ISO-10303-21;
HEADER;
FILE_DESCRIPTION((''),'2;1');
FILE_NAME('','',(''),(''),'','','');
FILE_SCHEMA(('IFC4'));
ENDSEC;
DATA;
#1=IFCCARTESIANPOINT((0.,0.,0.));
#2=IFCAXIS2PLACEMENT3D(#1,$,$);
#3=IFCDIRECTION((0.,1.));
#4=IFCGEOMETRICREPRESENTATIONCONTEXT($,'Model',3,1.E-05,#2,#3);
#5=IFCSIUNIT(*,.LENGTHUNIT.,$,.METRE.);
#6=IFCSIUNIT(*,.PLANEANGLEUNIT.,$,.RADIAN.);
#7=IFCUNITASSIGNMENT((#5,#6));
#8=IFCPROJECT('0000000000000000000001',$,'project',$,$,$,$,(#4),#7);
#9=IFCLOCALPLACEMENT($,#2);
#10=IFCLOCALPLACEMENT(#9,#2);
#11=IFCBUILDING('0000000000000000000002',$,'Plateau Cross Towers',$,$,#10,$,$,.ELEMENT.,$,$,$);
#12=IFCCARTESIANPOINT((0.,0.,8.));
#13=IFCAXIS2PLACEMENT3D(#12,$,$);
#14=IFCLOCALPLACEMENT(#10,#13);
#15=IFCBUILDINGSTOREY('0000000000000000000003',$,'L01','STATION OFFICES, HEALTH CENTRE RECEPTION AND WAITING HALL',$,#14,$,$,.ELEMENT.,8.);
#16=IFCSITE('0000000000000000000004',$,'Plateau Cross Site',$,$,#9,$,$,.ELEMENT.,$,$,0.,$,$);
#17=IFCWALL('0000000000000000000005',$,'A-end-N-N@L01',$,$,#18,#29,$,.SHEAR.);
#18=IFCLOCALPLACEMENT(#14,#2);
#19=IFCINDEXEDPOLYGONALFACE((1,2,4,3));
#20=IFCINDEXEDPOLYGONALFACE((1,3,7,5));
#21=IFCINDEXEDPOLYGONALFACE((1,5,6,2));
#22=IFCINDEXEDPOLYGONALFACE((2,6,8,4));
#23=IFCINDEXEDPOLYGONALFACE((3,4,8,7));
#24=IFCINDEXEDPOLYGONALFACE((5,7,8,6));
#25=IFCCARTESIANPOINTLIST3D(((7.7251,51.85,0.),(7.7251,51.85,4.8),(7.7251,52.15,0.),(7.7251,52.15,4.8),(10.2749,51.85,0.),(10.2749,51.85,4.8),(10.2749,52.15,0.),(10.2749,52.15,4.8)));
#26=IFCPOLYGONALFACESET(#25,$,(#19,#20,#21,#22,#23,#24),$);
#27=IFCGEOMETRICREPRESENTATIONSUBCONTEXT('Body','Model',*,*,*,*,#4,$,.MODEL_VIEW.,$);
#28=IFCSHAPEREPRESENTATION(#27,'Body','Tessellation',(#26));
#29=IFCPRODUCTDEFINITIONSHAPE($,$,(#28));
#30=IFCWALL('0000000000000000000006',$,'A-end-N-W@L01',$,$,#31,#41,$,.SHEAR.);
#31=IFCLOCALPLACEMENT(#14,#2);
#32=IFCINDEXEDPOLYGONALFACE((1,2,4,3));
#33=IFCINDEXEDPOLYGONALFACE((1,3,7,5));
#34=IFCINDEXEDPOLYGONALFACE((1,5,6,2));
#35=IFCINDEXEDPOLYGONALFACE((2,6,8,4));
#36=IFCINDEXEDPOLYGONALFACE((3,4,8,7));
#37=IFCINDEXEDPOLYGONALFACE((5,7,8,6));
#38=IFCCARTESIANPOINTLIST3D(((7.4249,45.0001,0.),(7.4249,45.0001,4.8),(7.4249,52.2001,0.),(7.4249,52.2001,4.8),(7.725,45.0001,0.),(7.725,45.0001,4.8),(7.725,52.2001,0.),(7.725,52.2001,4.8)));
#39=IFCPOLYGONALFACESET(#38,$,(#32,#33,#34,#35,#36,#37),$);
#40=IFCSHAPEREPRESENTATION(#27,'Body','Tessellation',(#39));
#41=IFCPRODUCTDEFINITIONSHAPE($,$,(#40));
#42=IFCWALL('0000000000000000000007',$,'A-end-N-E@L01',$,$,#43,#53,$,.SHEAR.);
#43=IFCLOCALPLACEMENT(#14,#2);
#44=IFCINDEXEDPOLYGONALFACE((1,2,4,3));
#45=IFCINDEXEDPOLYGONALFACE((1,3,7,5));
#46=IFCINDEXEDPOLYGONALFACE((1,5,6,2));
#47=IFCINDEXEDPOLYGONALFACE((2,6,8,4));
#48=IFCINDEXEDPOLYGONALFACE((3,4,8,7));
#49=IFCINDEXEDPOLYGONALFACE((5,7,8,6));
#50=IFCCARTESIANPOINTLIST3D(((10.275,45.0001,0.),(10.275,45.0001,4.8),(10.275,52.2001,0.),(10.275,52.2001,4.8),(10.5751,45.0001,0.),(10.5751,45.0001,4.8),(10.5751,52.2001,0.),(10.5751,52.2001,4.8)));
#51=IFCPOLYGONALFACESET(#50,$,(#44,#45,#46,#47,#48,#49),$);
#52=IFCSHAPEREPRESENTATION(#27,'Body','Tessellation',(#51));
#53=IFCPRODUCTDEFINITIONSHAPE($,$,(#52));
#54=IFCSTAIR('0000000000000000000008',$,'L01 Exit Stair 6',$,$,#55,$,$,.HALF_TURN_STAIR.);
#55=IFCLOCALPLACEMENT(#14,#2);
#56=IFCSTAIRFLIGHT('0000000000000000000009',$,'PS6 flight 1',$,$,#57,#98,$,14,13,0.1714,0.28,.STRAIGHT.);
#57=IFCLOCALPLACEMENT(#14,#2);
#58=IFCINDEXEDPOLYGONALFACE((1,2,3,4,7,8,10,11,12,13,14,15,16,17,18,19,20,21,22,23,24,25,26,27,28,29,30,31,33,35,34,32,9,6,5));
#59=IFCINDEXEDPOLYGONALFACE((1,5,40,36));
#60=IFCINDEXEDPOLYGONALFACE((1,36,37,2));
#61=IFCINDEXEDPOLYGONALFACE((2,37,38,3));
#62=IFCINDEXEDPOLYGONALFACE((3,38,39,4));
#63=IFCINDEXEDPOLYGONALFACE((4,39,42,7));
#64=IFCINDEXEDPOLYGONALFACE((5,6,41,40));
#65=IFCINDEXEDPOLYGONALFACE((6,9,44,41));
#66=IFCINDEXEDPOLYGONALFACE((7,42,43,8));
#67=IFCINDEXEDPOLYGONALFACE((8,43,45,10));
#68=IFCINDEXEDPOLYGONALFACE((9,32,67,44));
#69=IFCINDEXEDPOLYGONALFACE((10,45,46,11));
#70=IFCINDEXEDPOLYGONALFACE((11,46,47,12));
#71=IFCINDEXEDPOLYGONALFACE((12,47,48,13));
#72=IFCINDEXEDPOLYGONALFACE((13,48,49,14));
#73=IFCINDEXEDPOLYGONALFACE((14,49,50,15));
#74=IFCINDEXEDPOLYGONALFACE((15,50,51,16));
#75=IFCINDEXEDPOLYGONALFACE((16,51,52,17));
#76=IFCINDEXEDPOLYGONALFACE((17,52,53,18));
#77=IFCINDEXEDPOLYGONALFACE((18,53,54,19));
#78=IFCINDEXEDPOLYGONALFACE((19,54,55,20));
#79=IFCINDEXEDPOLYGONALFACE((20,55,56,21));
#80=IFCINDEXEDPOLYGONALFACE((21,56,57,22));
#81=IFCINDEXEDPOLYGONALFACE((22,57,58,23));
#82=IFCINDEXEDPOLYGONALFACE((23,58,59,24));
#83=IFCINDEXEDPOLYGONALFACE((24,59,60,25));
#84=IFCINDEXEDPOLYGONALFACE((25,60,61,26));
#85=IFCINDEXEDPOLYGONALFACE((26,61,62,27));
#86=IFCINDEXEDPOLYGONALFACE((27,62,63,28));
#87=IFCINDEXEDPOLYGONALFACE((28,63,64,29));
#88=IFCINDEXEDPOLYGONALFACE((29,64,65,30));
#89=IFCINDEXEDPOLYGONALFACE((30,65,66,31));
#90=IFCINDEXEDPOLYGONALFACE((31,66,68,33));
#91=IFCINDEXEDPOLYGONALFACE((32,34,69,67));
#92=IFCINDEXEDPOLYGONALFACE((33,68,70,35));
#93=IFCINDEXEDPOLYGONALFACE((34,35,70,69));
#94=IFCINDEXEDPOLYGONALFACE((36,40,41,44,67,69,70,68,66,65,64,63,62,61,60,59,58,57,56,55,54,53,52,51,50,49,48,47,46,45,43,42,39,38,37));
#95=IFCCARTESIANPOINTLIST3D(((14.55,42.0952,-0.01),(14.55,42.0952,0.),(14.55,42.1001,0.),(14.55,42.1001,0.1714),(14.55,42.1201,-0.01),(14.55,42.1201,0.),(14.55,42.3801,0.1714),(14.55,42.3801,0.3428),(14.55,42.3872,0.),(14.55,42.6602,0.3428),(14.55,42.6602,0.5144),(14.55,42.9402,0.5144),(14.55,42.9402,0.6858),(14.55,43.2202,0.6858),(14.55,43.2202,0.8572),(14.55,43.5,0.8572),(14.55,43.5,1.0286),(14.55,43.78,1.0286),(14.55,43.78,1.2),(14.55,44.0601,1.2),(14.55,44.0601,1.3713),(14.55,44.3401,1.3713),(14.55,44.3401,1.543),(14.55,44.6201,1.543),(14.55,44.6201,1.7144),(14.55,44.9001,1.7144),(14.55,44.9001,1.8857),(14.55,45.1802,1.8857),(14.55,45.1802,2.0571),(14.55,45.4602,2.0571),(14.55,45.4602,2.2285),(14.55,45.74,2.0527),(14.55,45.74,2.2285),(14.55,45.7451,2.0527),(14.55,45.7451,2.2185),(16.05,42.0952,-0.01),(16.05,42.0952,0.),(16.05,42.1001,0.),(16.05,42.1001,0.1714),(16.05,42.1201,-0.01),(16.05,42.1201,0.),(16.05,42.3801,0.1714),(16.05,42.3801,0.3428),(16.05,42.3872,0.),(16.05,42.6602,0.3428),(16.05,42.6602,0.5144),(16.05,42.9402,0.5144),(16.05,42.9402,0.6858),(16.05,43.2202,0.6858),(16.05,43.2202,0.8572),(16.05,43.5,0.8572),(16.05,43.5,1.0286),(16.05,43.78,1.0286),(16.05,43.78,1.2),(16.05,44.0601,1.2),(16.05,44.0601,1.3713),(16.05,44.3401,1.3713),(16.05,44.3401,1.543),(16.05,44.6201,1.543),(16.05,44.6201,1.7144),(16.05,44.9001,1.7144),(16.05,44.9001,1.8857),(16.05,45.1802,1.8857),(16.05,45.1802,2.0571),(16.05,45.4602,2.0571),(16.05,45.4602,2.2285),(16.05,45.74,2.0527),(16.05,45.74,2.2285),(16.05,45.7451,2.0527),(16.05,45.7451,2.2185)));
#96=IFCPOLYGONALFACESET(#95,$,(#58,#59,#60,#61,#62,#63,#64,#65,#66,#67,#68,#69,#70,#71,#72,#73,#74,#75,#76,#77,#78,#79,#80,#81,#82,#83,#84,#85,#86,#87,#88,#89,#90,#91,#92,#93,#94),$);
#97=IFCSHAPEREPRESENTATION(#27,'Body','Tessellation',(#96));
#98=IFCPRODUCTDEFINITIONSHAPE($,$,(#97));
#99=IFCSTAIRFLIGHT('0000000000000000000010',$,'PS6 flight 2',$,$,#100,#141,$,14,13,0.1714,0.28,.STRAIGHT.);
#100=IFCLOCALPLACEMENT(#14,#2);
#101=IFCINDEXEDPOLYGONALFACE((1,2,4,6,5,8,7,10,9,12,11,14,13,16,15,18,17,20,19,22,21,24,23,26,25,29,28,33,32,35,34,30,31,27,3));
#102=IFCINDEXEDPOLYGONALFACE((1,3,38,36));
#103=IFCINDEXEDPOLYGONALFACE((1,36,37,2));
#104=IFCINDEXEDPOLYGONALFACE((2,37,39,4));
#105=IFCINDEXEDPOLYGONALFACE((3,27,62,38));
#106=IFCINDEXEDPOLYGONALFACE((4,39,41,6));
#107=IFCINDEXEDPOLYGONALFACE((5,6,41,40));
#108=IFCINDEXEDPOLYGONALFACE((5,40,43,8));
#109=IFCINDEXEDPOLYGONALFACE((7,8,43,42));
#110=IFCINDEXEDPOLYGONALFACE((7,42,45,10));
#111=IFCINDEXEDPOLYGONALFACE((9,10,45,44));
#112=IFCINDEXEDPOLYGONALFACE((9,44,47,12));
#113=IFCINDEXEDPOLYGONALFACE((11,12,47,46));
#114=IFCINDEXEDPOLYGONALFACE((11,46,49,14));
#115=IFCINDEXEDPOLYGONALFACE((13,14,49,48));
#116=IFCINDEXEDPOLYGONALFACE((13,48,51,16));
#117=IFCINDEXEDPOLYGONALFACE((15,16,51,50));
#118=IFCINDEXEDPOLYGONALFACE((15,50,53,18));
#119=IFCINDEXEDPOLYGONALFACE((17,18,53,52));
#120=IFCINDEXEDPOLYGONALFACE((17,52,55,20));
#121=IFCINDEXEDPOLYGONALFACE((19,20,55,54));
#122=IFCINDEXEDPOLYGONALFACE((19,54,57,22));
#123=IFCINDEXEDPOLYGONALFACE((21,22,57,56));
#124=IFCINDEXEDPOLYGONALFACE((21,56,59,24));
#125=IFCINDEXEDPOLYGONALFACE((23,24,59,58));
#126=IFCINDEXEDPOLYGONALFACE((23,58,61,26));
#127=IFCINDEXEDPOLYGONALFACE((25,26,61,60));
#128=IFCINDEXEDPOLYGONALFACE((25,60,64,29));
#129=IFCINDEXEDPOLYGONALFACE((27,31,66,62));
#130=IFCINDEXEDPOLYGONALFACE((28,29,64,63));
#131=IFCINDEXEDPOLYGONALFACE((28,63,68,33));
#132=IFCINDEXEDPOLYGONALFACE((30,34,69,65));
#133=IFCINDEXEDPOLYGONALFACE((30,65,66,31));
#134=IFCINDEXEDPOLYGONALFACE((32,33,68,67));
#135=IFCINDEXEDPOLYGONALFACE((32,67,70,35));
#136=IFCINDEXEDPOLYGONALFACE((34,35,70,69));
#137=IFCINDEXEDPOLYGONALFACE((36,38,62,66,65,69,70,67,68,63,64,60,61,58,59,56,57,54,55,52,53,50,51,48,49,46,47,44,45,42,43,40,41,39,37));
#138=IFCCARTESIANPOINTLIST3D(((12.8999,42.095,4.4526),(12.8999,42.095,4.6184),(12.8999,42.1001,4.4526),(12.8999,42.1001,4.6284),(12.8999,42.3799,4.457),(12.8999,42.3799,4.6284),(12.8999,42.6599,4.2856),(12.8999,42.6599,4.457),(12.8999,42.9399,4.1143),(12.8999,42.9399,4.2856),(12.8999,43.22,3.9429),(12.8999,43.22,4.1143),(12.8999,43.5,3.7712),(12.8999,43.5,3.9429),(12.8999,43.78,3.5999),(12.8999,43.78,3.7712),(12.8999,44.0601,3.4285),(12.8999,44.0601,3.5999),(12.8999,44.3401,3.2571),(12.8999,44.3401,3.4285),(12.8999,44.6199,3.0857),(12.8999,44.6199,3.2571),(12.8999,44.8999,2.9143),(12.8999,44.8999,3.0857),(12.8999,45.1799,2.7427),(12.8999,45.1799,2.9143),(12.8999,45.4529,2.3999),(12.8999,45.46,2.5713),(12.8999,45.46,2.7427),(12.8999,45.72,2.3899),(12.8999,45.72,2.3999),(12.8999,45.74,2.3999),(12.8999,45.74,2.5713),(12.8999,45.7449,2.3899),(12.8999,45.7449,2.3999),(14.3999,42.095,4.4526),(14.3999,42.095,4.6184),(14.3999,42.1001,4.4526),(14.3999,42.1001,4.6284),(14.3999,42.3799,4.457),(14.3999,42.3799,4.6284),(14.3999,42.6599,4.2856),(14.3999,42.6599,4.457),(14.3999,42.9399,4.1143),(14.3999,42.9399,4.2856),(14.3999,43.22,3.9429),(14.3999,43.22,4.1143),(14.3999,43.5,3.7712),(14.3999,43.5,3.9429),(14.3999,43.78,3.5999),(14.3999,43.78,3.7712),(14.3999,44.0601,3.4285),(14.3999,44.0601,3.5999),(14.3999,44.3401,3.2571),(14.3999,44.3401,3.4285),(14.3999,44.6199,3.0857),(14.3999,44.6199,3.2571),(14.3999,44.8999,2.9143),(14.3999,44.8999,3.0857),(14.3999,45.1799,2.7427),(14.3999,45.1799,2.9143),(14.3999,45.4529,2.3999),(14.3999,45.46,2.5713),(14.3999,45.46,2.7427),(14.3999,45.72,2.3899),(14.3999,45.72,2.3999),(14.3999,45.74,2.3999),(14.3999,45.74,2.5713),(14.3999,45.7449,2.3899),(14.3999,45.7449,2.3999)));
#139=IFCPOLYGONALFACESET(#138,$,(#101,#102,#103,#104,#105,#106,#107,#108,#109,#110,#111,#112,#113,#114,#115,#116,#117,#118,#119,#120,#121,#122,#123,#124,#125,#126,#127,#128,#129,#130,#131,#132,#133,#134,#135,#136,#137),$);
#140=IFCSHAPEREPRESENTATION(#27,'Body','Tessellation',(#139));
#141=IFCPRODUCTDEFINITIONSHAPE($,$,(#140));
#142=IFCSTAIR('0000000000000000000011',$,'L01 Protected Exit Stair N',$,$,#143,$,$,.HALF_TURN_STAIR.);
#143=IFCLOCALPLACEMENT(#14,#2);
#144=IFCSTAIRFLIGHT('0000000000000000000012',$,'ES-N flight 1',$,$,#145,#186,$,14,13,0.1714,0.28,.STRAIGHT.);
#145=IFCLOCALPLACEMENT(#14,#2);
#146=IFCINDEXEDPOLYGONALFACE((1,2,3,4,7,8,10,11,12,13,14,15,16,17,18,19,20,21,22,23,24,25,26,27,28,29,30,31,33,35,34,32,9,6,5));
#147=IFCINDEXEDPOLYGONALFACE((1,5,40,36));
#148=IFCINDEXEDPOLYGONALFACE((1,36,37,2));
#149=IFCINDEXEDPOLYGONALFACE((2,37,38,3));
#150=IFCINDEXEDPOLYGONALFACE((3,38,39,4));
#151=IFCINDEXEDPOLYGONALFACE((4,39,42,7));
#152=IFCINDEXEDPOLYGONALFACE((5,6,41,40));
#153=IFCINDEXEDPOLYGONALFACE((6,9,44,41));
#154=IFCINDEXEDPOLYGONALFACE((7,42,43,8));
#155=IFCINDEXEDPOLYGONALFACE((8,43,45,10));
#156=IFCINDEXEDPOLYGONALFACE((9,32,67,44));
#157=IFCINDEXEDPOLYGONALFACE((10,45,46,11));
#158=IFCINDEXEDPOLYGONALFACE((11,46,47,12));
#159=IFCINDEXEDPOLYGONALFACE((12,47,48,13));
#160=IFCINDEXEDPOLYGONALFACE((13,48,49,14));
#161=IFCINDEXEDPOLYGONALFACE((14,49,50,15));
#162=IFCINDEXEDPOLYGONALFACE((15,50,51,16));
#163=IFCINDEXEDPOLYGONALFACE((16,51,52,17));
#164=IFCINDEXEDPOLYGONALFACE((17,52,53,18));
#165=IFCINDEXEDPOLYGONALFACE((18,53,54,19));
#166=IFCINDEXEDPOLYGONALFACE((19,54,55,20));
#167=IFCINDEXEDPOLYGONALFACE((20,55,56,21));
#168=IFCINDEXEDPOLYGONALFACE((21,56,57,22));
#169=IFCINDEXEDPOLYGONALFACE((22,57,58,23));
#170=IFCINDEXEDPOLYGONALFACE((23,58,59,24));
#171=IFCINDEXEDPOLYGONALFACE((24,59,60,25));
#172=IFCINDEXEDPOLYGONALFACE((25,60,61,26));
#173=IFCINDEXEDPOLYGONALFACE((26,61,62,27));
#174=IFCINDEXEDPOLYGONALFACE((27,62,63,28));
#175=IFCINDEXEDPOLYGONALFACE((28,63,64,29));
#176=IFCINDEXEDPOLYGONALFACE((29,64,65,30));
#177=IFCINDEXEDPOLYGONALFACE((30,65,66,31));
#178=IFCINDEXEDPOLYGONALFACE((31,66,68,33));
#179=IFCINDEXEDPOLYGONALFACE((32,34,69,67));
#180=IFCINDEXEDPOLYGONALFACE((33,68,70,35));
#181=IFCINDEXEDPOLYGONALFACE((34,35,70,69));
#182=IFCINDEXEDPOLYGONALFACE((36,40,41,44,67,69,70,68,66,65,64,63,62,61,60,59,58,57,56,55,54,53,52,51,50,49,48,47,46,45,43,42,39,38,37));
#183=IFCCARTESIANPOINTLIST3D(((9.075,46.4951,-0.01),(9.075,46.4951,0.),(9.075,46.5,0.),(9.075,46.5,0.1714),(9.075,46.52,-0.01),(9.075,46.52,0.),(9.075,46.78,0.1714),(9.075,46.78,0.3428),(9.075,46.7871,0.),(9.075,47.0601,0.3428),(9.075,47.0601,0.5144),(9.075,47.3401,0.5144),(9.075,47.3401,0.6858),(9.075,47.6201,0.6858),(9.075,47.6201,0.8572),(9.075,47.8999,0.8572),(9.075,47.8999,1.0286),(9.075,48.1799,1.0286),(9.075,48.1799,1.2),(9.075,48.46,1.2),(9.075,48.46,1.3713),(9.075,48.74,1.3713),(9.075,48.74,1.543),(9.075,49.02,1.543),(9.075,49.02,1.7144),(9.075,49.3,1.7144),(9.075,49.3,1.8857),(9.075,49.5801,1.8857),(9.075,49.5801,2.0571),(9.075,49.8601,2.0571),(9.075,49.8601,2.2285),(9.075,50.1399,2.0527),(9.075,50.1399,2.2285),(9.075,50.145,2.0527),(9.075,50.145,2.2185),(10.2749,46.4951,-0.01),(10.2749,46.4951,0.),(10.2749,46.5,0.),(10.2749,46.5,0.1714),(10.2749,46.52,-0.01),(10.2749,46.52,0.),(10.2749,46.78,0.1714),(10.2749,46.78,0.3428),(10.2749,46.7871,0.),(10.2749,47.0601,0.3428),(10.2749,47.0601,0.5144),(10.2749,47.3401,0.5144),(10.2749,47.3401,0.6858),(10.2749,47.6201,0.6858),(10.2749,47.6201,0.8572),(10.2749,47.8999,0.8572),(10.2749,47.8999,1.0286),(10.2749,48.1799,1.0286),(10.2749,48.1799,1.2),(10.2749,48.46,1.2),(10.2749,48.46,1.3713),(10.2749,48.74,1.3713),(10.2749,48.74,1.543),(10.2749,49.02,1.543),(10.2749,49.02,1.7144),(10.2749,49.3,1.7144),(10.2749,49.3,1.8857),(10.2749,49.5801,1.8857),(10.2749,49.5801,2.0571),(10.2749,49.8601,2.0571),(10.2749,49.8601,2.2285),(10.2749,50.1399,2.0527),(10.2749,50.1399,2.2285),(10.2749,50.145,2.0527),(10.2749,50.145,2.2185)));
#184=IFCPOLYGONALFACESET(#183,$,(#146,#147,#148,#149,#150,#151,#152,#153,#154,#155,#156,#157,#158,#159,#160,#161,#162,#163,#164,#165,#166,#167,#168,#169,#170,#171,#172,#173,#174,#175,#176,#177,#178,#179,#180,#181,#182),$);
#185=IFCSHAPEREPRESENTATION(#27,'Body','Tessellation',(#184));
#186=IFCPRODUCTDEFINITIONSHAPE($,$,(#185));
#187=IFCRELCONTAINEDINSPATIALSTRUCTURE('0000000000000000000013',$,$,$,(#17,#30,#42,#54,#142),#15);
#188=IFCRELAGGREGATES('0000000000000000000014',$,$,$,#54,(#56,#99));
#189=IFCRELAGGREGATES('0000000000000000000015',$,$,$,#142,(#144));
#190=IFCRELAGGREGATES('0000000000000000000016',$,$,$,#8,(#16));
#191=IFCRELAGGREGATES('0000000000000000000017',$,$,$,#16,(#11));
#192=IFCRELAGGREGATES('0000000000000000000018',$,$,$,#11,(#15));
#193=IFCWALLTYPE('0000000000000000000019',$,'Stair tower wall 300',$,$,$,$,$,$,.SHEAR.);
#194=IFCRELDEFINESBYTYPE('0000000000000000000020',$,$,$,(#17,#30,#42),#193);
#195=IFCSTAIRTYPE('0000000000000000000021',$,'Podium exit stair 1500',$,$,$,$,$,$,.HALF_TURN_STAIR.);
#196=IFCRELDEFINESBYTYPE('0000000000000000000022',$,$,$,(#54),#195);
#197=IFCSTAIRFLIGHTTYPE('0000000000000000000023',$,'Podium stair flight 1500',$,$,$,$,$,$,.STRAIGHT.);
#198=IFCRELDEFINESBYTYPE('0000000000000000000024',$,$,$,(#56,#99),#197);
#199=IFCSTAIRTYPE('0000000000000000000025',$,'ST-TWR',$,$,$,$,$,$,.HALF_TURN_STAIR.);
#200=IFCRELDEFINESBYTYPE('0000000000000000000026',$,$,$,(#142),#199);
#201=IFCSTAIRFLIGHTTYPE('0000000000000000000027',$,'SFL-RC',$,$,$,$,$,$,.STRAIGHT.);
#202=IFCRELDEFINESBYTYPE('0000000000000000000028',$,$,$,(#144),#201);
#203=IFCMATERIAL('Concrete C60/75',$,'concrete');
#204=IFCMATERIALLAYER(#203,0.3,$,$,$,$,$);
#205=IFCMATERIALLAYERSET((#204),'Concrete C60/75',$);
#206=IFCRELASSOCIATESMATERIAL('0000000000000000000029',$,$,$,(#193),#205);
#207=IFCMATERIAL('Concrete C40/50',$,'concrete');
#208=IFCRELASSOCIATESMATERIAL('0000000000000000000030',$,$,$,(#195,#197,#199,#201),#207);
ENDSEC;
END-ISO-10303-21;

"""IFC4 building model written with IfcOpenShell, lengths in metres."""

from ifc_helpers import new_model, si_unit, direction, frame, frame_2d, origin, place, context, subcontext, project, spatial, polyline, rectangle, outline, extrude, material, layer, layer_set, type_object, element, aggregate, save


model = new_model("IFC4")

# Units and contexts
model_context = context("Model", 3, precision=1e-05, world=origin(), true_north=direction((0.0, 1.0)))
body_context = subcontext(model_context, "Body", "Model", "MODEL_VIEW")
ifc_project = project(units=[si_unit("LENGTHUNIT", "METRE"), si_unit("PLANEANGLEUNIT", "RADIAN")], contexts=[model_context])

# Site, building, storey
site_placement = place(None, origin())
site = spatial("IfcSite", under=ifc_project, at=site_placement, Name="Plateau Cross Site", CompositionType="ELEMENT", RefElevation=0.0)
building_placement = place(site_placement, origin())
building = spatial("IfcBuilding", under=site, at=building_placement, Name="Plateau Cross Towers", CompositionType="ELEMENT")
storey_placement = place(building_placement, frame((0.0, 0.0, 8.0)))
storey = spatial("IfcBuildingStorey", under=building, at=storey_placement, Name="L01", Description="STATION OFFICES, HEALTH CENTRE RECEPTION AND WAITING HALL", CompositionType="ELEMENT", Elevation=8.0)

# Shared definitions
ifc_material_1 = material(Name="Concrete C60/75", Category="concrete")

# Walls
ifc_layer_1 = layer(ifc_material_1, 0.3)
ifc_layer_set_1 = layer_set([ifc_layer_1], Name="Concrete C60/75")
wall_type_1 = type_object("IfcWallType", Name="Stair tower wall 300", PredefinedType="SHEAR", material=ifc_layer_set_1)
for number, where, z_axis, x_axis, name in (
    (1, (7.7251, 52.0, 0.0), (0.0, 0.0, 1.0), (1.0, 0.0, 0.0), "A-end-N-N@L01"),
):
    element("IfcWall", number, at=place(storey_placement, frame(where, z_axis=z_axis, x_axis=x_axis)), inside=storey, type_object=wall_type_1, Name=name, PredefinedType="SHEAR", context=body_context, shape_type="SweptSolid", body=[
        extrude(rectangle(XDim=2.5498, YDim=0.3, at=frame_2d((1.2749, 0.0))), origin(), (0.0, 0.0, 1.0), 4.8),
    ])
for number, where, z_axis, x_axis, name in (
    (2, (7.575, 45.0, 0.0), (0.0, 0.0, 1.0), (0.0, 1.0, 0.0), "A-end-N-W@L01"),
    (3, (10.425, 45.0, 0.0), (0.0, 0.0, 1.0), (0.0, 1.0, 0.0), "A-end-N-E@L01"),
):
    element("IfcWall", number, at=place(storey_placement, frame(where, z_axis=z_axis, x_axis=x_axis)), inside=storey, type_object=wall_type_1, Name=name, PredefinedType="SHEAR", context=body_context, shape_type="SweptSolid", body=[
        extrude(rectangle(XDim=7.2, YDim=0.3, at=frame_2d((3.6001, 0.0))), origin(), (0.0, 0.0, 1.0), 4.8),
    ])

# Stairs, stair flights
ifc_material_2 = material(Name="Concrete C40/50", Category="concrete")
stair_type_1 = type_object("IfcStairType", Name="Podium exit stair 1500", PredefinedType="HALF_TURN_STAIR", material=ifc_material_2)
stair_1_placement = place(storey_placement, origin())
stair_1 = element("IfcStair", 4, at=stair_1_placement, inside=storey, type_object=stair_type_1, Name="L01 Exit Stair 6", PredefinedType="HALF_TURN_STAIR")
stair_flight_type_1 = type_object("IfcStairFlightType", Name="Podium stair flight 1500", PredefinedType="STRAIGHT", material=ifc_material_2)
stair_flight_1_placement = place(storey_placement, frame((15.3, 42.1001, 0.0), z_axis=(0.0, 0.0, 1.0), x_axis=(0.0, 1.0, 0.0)))
stair_flight_1 = element("IfcStairFlight", 5, at=stair_flight_1_placement, type_object=stair_flight_type_1, Name="PS6 flight 1", NumberOfRisers=14, NumberOfTreads=13, PredefinedType="STRAIGHT", RiserHeight=0.1714, TreadLength=0.28, context=body_context, shape_type="SweptSolid", body=[
    extrude(outline(polyline([(-0.0049, -0.01), (-0.0049, 0.0), (0.0, 0.0), (0.0, 0.1714), (0.28, 0.1714), (0.28, 0.3428), (0.5601, 0.3428), (0.5601, 0.5144), (0.8401, 0.5144), (0.8401, 0.6858), (1.1201, 0.6858), (1.1201, 0.8572), (1.3999, 0.8572), (1.3999, 1.0286), (1.6799, 1.0286), (1.6799, 1.2), (1.96, 1.2), (1.96, 1.3713), (2.24, 1.3713), (2.24, 1.543), (2.52, 1.543), (2.52, 1.7144), (2.8, 1.7144), (2.8, 1.8857), (3.0801, 1.8857), (3.0801, 2.0571), (3.3601, 2.0571), (3.3601, 2.2285), (3.6399, 2.2285), (3.645, 2.2185), (3.645, 2.0527), (3.6399, 2.0527), (0.2871, 0.0), (0.02, 0.0), (0.02, -0.01), (-0.0049, -0.01)])), frame((0.0, 0.75, 0.0), z_axis=(0.0, -1.0, 0.0), x_axis=(1.0, 0.0, 0.0)), (0.0, 0.0, 1.0), 1.5),
])
stair_flight_2_placement = place(storey_placement, frame((13.6499, 45.74, 2.3999), z_axis=(0.0, 0.0, 1.0), x_axis=(0.0, -1.0, 0.0)))
stair_flight_2 = element("IfcStairFlight", 6, at=stair_flight_2_placement, type_object=stair_flight_type_1, Name="PS6 flight 2", NumberOfRisers=14, NumberOfTreads=13, PredefinedType="STRAIGHT", RiserHeight=0.1714, TreadLength=0.28, context=body_context, shape_type="SweptSolid", body=[
    extrude(outline(polyline([(-0.0049, -0.01), (-0.0049, 0.0), (0.0, 0.0), (0.0, 0.1714), (0.28, 0.1714), (0.28, 0.3428), (0.5601, 0.3428), (0.5601, 0.5144), (0.8401, 0.5144), (0.8401, 0.6858), (1.1201, 0.6858), (1.1201, 0.8572), (1.3999, 0.8572), (1.3999, 1.0286), (1.6799, 1.0286), (1.6799, 1.2), (1.96, 1.2), (1.96, 1.3713), (2.24, 1.3713), (2.24, 1.543), (2.52, 1.543), (2.52, 1.7144), (2.8, 1.7144), (2.8, 1.8857), (3.0801, 1.8857), (3.0801, 2.0571), (3.3601, 2.0571), (3.3601, 2.2285), (3.6399, 2.2285), (3.645, 2.2185), (3.645, 2.0527), (3.6399, 2.0527), (0.2871, 0.0), (0.02, 0.0), (0.02, -0.01), (-0.0049, -0.01)])), frame((0.0, 0.75, 0.0), z_axis=(0.0, -1.0, 0.0), x_axis=(1.0, 0.0, 0.0)), (0.0, 0.0, 1.0), 1.5),
])
aggregate(stair_1, [stair_flight_1, stair_flight_2])
stair_type_2 = type_object("IfcStairType", Name="ST-TWR", PredefinedType="HALF_TURN_STAIR", material=ifc_material_2)
stair_2_placement = place(storey_placement, origin())
stair_2 = element("IfcStair", 7, at=stair_2_placement, inside=storey, type_object=stair_type_2, Name="L01 Protected Exit Stair N", PredefinedType="HALF_TURN_STAIR")
stair_flight_type_2 = type_object("IfcStairFlightType", Name="SFL-RC", PredefinedType="STRAIGHT", material=ifc_material_2)
stair_flight_3_placement = place(storey_placement, frame((9.675, 46.5, 0.0), z_axis=(0.0, 0.0, 1.0), x_axis=(0.0, 1.0, 0.0)))
stair_flight_3 = element("IfcStairFlight", 8, at=stair_flight_3_placement, type_object=stair_flight_type_2, Name="ES-N flight 1", NumberOfRisers=14, NumberOfTreads=13, PredefinedType="STRAIGHT", RiserHeight=0.1714, TreadLength=0.28, context=body_context, shape_type="SweptSolid", body=[
    extrude(outline(polyline([(-0.0049, -0.01), (-0.0049, 0.0), (0.0, 0.0), (0.0, 0.1714), (0.28, 0.1714), (0.28, 0.3428), (0.5601, 0.3428), (0.5601, 0.5144), (0.8401, 0.5144), (0.8401, 0.6858), (1.1201, 0.6858), (1.1201, 0.8572), (1.3999, 0.8572), (1.3999, 1.0286), (1.6799, 1.0286), (1.6799, 1.2), (1.96, 1.2), (1.96, 1.3713), (2.24, 1.3713), (2.24, 1.543), (2.52, 1.543), (2.52, 1.7144), (2.8, 1.7144), (2.8, 1.8857), (3.0801, 1.8857), (3.0801, 2.0571), (3.3601, 2.0571), (3.3601, 2.2285), (3.6399, 2.2285), (3.645, 2.2185), (3.645, 2.0527), (3.6399, 2.0527), (0.2871, 0.0), (0.02, 0.0), (0.02, -0.01), (-0.0049, -0.01)])), frame((0.0, 0.6001, 0.0), z_axis=(0.0, -1.0, 0.0), x_axis=(1.0, 0.0, 0.0)), (0.0, 0.0, 1.0), 1.2),
])
aggregate(stair_2, [stair_flight_3])

save(model, "model.ifc")
